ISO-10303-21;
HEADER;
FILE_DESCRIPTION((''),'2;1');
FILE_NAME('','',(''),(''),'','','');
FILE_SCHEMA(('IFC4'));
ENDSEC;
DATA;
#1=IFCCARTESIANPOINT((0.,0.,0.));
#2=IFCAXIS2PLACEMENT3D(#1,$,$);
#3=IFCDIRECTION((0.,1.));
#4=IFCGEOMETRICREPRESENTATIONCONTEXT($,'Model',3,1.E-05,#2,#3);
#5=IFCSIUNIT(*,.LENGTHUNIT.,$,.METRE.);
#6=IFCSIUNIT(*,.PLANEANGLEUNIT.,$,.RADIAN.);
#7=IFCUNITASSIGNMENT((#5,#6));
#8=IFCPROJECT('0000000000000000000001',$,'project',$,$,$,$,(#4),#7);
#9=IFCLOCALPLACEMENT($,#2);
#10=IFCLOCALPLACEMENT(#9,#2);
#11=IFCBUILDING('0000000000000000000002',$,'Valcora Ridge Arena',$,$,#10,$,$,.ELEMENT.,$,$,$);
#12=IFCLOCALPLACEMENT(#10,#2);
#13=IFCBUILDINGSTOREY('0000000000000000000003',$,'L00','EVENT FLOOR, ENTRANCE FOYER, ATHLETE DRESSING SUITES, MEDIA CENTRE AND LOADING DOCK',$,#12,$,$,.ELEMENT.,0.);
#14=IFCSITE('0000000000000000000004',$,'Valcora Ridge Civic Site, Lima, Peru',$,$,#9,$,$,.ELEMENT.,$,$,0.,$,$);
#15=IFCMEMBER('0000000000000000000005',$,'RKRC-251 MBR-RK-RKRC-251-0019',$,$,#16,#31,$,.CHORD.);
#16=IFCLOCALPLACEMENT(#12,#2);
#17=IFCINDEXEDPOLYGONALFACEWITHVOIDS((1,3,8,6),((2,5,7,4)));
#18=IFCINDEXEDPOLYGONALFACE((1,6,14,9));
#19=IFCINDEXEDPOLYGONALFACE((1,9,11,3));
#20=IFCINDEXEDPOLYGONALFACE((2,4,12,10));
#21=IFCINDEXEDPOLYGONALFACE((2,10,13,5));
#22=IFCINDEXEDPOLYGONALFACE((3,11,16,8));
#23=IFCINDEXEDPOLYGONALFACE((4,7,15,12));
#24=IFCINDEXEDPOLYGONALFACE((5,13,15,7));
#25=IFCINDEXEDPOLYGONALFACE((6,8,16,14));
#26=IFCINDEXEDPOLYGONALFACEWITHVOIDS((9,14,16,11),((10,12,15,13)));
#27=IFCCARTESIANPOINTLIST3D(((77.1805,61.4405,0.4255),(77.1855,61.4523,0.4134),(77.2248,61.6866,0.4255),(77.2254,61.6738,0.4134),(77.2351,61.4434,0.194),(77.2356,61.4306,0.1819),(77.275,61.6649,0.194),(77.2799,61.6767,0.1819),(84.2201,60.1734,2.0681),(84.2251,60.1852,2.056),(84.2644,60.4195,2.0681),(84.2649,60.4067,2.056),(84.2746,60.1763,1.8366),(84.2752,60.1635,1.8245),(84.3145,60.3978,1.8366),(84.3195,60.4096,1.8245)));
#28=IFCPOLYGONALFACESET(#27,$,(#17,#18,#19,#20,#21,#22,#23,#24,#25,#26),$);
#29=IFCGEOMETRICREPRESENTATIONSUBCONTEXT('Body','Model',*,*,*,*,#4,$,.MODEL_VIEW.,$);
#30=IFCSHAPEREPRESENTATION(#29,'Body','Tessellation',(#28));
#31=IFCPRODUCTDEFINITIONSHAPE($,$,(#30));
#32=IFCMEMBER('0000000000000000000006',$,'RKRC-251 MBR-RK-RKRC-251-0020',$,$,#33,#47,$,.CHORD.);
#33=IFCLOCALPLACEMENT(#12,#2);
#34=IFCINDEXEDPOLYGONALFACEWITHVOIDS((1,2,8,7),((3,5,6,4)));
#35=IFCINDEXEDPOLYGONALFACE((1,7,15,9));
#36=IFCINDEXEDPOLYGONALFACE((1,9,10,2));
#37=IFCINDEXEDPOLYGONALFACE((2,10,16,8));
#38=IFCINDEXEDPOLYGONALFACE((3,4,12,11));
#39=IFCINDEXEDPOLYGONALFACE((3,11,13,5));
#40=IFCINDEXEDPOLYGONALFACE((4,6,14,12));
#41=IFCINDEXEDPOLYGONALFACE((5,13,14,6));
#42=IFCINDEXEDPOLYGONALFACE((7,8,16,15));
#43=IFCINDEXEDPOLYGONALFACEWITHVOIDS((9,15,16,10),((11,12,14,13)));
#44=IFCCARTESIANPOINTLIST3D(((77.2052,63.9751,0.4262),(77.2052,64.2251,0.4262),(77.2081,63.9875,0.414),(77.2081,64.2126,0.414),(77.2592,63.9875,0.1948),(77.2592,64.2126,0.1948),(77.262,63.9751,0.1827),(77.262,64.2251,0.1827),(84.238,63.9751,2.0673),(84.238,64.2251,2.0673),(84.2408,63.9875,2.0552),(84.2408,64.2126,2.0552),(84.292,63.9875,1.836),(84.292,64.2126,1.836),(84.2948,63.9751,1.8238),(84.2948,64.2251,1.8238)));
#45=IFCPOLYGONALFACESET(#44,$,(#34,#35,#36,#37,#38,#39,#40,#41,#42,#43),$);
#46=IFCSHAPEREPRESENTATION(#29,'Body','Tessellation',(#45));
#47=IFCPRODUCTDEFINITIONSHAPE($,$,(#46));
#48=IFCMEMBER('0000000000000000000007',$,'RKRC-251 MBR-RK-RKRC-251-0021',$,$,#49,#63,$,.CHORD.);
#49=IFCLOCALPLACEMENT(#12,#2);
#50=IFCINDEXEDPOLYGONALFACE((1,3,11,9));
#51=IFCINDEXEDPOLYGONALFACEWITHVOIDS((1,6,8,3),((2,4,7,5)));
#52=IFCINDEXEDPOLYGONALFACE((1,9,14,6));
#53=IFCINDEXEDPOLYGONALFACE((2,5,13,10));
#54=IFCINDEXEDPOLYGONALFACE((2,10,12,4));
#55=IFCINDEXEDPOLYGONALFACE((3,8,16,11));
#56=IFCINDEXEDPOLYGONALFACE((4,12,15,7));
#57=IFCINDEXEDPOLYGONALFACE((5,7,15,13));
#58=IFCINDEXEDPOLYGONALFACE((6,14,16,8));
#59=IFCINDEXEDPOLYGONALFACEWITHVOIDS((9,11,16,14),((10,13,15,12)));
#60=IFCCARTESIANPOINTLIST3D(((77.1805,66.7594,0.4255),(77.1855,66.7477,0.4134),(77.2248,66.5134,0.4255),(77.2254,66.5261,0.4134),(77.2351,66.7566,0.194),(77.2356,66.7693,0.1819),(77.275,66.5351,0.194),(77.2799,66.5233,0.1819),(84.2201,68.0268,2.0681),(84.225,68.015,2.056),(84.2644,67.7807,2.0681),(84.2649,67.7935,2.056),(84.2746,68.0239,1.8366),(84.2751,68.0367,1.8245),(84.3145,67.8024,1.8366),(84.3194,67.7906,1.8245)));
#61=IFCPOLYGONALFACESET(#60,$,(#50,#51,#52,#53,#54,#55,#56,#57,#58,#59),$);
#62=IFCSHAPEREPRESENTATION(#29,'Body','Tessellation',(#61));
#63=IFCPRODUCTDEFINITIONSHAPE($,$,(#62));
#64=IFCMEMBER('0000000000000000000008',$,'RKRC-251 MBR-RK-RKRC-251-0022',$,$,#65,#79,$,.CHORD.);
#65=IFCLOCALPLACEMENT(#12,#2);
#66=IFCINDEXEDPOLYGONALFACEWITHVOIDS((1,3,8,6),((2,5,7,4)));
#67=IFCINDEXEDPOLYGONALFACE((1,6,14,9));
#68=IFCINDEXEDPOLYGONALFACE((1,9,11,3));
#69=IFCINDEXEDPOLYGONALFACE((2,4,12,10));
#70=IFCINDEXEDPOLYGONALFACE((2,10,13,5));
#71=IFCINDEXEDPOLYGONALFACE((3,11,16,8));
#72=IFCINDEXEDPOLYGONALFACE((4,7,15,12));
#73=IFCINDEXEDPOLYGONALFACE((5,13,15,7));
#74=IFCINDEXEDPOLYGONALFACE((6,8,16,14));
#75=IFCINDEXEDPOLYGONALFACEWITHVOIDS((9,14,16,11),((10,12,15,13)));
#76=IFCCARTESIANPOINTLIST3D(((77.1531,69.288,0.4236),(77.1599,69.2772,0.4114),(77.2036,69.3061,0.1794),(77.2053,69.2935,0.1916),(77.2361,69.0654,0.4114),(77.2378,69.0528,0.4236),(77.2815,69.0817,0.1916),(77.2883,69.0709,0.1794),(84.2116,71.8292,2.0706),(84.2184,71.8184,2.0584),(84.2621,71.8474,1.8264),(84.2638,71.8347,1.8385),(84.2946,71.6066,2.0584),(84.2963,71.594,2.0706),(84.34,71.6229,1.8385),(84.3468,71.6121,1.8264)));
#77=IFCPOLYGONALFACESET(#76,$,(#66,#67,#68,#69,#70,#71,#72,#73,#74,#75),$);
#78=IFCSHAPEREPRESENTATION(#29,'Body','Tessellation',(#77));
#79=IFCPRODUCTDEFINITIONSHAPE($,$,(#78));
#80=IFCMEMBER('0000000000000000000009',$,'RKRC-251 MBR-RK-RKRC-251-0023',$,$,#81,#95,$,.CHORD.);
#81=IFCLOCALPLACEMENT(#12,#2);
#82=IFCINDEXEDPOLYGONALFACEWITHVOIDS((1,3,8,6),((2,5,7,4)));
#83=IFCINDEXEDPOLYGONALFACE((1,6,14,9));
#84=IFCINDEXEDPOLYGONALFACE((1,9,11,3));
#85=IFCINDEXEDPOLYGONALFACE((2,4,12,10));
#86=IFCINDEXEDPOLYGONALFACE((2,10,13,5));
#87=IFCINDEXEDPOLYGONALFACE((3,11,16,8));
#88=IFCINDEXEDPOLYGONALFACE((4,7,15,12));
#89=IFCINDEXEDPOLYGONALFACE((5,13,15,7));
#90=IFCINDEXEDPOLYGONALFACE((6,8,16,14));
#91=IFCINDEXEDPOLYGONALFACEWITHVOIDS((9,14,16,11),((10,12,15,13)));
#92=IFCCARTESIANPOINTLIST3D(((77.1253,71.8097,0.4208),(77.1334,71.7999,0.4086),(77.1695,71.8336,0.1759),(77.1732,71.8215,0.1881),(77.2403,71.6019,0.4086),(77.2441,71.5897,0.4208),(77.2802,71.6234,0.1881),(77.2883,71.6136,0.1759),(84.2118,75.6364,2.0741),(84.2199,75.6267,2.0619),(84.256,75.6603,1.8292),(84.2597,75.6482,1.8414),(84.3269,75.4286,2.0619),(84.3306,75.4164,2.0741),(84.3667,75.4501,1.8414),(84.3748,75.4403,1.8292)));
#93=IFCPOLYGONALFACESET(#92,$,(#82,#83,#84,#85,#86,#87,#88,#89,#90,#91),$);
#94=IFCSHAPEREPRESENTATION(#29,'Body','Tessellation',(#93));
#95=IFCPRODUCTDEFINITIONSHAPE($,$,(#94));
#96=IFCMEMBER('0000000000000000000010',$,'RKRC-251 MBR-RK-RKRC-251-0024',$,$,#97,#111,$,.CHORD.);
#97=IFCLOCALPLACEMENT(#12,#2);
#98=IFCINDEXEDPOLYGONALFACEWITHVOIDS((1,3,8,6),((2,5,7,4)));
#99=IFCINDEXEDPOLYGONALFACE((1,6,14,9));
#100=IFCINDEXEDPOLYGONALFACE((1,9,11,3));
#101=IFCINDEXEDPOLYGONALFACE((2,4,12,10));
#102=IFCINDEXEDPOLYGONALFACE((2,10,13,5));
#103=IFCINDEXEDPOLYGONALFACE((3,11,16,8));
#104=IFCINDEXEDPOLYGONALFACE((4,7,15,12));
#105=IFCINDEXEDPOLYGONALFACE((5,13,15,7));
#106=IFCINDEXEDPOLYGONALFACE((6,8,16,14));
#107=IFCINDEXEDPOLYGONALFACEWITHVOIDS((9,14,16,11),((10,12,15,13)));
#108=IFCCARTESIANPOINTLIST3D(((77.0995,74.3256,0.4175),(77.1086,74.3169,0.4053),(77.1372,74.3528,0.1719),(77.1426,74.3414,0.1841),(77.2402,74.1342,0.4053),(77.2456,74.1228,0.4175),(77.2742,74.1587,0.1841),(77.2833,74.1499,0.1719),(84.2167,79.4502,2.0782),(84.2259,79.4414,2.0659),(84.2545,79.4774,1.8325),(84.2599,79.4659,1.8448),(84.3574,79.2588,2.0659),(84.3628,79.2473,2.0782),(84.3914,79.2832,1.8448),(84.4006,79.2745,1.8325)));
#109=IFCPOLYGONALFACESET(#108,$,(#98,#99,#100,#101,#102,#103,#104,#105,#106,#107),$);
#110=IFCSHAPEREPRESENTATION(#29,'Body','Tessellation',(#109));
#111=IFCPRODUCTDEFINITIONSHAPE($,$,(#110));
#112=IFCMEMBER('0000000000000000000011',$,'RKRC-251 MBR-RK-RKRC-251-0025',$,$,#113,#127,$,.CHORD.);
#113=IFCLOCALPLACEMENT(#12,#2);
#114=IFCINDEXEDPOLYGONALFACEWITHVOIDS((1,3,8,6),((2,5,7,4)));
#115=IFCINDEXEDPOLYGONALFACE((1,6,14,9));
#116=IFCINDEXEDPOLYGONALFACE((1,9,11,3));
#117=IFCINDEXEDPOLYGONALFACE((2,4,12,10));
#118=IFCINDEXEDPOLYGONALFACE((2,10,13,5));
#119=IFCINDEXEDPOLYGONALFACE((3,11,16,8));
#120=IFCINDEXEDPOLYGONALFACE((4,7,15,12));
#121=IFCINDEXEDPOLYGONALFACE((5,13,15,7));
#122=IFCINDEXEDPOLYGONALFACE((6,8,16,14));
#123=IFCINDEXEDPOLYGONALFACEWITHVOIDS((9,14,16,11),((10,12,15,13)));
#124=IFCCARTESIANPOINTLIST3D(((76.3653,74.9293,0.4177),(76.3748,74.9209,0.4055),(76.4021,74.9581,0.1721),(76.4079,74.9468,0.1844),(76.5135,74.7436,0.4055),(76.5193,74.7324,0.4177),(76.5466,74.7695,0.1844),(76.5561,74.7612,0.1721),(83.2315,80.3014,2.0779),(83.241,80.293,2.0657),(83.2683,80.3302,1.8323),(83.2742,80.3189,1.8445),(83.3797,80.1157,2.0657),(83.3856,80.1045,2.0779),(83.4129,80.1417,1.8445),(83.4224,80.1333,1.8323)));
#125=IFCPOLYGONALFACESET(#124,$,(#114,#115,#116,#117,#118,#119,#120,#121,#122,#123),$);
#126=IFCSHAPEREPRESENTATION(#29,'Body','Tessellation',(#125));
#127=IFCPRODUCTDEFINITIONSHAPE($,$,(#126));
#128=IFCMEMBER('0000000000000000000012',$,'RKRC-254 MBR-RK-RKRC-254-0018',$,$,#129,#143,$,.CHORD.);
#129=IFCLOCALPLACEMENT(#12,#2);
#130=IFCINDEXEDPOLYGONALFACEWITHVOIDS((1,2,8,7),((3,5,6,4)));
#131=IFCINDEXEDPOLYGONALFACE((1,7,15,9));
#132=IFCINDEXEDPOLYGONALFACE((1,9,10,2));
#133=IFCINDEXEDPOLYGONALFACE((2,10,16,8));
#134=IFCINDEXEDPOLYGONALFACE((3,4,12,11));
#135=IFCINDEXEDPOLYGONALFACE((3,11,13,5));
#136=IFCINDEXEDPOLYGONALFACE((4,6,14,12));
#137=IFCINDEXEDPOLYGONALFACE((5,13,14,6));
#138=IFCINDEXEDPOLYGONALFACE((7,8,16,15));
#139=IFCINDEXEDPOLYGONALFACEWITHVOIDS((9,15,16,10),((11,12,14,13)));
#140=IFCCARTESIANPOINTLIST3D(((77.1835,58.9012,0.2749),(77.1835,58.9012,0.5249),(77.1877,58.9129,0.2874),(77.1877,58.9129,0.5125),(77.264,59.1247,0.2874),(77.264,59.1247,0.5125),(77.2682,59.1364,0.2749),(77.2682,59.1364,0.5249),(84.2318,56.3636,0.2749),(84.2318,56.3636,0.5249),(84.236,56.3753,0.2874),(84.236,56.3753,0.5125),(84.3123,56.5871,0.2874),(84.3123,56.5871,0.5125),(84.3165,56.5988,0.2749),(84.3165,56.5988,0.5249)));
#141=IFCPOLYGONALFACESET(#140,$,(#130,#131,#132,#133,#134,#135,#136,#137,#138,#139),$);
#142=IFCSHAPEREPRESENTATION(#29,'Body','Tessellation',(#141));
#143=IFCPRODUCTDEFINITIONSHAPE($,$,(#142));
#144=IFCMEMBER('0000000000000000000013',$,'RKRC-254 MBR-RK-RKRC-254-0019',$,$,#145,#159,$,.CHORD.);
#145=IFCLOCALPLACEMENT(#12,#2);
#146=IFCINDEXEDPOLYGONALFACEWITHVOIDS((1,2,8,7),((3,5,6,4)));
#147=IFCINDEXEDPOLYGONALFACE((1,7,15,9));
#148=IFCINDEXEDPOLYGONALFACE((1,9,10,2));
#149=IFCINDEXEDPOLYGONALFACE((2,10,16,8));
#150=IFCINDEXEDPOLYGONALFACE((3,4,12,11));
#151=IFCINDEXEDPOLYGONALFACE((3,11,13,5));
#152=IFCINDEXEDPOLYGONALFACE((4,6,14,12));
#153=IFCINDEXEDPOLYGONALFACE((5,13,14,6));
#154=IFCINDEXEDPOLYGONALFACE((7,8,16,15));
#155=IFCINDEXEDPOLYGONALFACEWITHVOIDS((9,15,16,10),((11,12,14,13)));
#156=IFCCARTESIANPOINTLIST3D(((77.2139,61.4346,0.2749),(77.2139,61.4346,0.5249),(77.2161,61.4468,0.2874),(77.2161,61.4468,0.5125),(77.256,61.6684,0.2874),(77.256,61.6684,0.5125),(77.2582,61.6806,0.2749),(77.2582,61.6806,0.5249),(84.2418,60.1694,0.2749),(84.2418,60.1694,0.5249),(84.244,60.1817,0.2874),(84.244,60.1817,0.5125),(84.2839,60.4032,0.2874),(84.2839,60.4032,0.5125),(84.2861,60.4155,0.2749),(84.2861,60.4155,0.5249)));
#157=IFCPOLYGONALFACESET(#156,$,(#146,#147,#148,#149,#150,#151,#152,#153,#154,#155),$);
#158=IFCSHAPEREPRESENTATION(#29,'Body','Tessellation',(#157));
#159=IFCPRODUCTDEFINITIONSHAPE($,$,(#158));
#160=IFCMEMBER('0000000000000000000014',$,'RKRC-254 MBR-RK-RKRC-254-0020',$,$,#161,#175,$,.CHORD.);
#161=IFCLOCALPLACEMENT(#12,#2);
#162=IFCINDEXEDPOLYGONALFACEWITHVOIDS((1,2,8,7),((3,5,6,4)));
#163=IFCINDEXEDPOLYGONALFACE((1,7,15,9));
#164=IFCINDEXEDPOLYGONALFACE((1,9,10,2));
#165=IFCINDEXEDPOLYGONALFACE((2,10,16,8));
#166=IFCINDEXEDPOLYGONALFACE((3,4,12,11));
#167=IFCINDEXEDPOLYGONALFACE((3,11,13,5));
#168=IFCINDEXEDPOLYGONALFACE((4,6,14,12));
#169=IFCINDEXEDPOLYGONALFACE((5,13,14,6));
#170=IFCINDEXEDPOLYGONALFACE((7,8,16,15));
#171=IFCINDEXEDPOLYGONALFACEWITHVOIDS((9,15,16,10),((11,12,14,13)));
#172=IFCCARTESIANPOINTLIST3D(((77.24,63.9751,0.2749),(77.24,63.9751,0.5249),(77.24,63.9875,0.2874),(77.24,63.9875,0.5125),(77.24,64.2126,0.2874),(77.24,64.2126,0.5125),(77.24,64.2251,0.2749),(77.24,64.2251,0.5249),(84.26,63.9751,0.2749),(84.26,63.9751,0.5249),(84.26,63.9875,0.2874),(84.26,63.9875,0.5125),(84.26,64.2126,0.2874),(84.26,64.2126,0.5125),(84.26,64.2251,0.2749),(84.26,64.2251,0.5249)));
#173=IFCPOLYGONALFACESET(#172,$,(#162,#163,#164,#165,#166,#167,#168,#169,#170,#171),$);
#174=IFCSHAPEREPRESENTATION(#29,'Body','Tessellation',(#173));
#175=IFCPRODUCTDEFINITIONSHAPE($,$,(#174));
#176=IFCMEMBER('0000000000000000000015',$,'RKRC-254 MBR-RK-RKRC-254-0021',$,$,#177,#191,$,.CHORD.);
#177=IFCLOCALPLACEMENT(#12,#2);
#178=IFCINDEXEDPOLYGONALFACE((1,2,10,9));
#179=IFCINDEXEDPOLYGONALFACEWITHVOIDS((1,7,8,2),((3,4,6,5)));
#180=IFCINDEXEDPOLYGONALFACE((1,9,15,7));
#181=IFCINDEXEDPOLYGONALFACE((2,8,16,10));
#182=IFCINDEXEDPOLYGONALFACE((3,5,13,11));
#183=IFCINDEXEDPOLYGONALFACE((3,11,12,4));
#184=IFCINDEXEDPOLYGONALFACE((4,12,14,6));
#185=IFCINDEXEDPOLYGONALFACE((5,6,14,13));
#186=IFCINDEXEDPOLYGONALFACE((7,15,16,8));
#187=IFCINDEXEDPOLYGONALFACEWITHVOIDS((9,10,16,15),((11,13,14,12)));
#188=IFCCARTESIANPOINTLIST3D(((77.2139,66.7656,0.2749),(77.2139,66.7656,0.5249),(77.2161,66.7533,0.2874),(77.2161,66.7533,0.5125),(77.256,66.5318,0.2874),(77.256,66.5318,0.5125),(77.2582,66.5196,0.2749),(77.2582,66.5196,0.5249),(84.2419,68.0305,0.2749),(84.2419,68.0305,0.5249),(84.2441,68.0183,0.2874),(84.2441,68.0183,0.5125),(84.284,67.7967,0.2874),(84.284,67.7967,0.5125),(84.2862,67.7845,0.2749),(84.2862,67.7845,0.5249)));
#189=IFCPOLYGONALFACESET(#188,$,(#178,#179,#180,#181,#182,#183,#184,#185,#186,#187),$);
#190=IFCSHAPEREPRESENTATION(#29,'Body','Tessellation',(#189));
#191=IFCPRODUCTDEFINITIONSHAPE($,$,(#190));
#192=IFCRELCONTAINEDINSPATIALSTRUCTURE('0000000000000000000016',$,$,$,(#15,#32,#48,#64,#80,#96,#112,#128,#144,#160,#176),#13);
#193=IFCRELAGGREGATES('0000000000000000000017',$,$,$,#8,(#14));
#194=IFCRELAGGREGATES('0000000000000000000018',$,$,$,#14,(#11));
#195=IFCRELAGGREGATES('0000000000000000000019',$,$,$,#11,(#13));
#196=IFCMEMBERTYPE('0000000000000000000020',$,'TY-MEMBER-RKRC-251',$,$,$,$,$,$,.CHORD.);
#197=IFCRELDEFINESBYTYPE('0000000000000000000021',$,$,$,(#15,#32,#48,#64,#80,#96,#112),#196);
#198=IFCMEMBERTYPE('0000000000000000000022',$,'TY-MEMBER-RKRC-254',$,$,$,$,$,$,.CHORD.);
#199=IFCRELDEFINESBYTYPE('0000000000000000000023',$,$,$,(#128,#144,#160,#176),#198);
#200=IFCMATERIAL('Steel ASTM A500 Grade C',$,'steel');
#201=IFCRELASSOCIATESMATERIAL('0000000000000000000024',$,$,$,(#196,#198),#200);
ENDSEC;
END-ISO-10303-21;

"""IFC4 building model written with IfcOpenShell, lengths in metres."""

from ifc_helpers import new_model, si_unit, direction, frame, origin, origin_2d, place, context, subcontext, project, spatial, hollow_rectangle, extrude, material, material_profile, profile_set, type_object, element, save


model = new_model("IFC4")

# Units and contexts
model_context = context("Model", 3, precision=1e-05, world=origin(), true_north=direction((0.0, 1.0)))
body_context = subcontext(model_context, "Body", "Model", "MODEL_VIEW")
ifc_project = project(units=[si_unit("LENGTHUNIT", "METRE"), si_unit("PLANEANGLEUNIT", "RADIAN")], contexts=[model_context])

# Site, building, storey
site_placement = place(None, origin())
site = spatial("IfcSite", under=ifc_project, at=site_placement, Name="Valcora Ridge Civic Site, Lima, Peru", CompositionType="ELEMENT", RefElevation=0.0)
building_placement = place(site_placement, origin())
building = spatial("IfcBuilding", under=site, at=building_placement, Name="Valcora Ridge Arena", CompositionType="ELEMENT")
storey_placement = place(building_placement, origin())
storey = spatial("IfcBuildingStorey", under=building, at=storey_placement, Name="L00", Description="EVENT FLOOR, ENTRANCE FOYER, ATHLETE DRESSING SUITES, MEDIA CENTRE AND LOADING DOCK", CompositionType="ELEMENT", Elevation=0.0)

# Members
ifc_material_1 = material(Name="Steel ASTM A500 Grade C", Category="steel")
ifc_material_profile_1 = material_profile(ifc_material_1, hollow_rectangle(XDim=0.25, YDim=0.25, WallThickness=0.0125, at=origin_2d()), Name="HSS250X250X12")
ifc_profile_set_1 = profile_set([ifc_material_profile_1], Name="Steel ASTM A500 Grade C")
member_type_1 = type_object("IfcMemberType", Name="TY-MEMBER-RKRC-251", PredefinedType="CHORD", material=ifc_profile_set_1)
member_1_placement = place(storey_placement, frame((77.2302, 61.5586, 0.3037), z_axis=(0.959216, -0.172655, 0.223819), x_axis=(0.177149, 0.984184, 0.0)))
element("IfcMember", 1, at=member_1_placement, inside=storey, type_object=member_type_1, Name="RKRC-251 MBR-RK-RKRC-251-0019", PredefinedType="CHORD", context=body_context, shape_type="SweptSolid", body=[
    extrude(hollow_rectangle(XDim=0.25, YDim=0.25, WallThickness=0.0125, at=origin_2d()), origin(), (0.0, 0.0, 1.0), 7.3389),
])
member_2_placement = place(storey_placement, frame((77.2336, 64.1001, 0.3044), z_axis=(0.973837, 0.0, 0.227249), x_axis=(0.0, 1.0, 0.0)))
element("IfcMember", 2, at=member_2_placement, inside=storey, type_object=member_type_1, Name="RKRC-251 MBR-RK-RKRC-251-0020", PredefinedType="CHORD", context=body_context, shape_type="SweptSolid", body=[
    extrude(hollow_rectangle(XDim=0.25, YDim=0.25, WallThickness=0.0125, at=origin_2d()), origin(), (0.0, 0.0, 1.0), 7.2217),
])
member_3_placement = place(storey_placement, frame((77.2302, 66.6414, 0.3037), z_axis=(0.95921, 0.172687, 0.223818), x_axis=(-0.177182, 0.984178, 0.0)))
element("IfcMember", 3, at=member_3_placement, inside=storey, type_object=member_type_1, Name="RKRC-251 MBR-RK-RKRC-251-0021", PredefinedType="CHORD", context=body_context, shape_type="SweptSolid", body=[
    extrude(hollow_rectangle(XDim=0.25, YDim=0.25, WallThickness=0.0125, at=origin_2d()), origin(), (0.0, 0.0, 1.0), 7.3389),
])
member_4_placement = place(storey_placement, frame((77.2207, 69.1794, 0.3015), z_axis=(0.918995, 0.33086, 0.214428), x_axis=(-0.338739, 0.94088, 0.0)))
element("IfcMember", 4, at=member_4_placement, inside=storey, type_object=member_type_1, Name="RKRC-251 MBR-RK-RKRC-251-0022", PredefinedType="CHORD", context=body_context, shape_type="SweptSolid", body=[
    extrude(hollow_rectangle(XDim=0.25, YDim=0.25, WallThickness=0.0125, at=origin_2d()), origin(), (0.0, 0.0, 1.0), 7.6807),
])
member_5_placement = place(storey_placement, frame((77.2068, 71.7117, 0.2983), z_axis=(0.861931, 0.465441, 0.201095), x_axis=(-0.475148, 0.879906, 0.0)))
element("IfcMember", 5, at=member_5_placement, inside=storey, type_object=member_type_1, Name="RKRC-251 MBR-RK-RKRC-251-0023", PredefinedType="CHORD", context=body_context, shape_type="SweptSolid", body=[
    extrude(hollow_rectangle(XDim=0.25, YDim=0.25, WallThickness=0.0125, at=origin_2d()), origin(), (0.0, 0.0, 1.0), 8.2217),
])
member_6_placement = place(storey_placement, frame((77.1914, 74.2378, 0.2947), z_axis=(0.797358, 0.574113, 0.186047), x_axis=(-0.584315, 0.811527, 0.0)))
element("IfcMember", 6, at=member_6_placement, inside=storey, type_object=member_type_1, Name="RKRC-251 MBR-RK-RKRC-251-0024", PredefinedType="CHORD", context=body_context, shape_type="SweptSolid", body=[
    extrude(hollow_rectangle(XDim=0.25, YDim=0.25, WallThickness=0.0125, at=origin_2d()), origin(), (0.0, 0.0, 1.0), 8.926),
])
member_7_placement = place(storey_placement, frame((76.4607, 74.8452, 0.2949), z_axis=(0.773685, 0.605325, 0.187066), x_axis=(-0.616203, 0.787588, 0.0)))
element("IfcMember", 7, at=member_7_placement, inside=storey, type_object=member_type_1, Name="RKRC-251 MBR-RK-RKRC-251-0025", PredefinedType="CHORD", context=body_context, shape_type="SweptSolid", body=[
    extrude(hollow_rectangle(XDim=0.25, YDim=0.25, WallThickness=0.0125, at=origin_2d()), origin(), (0.0, 0.0, 1.0), 8.8748),
])
ifc_material_profile_2 = material_profile(ifc_material_1, hollow_rectangle(XDim=0.25, YDim=0.25, WallThickness=0.0125, at=origin_2d()), Name="HSS250X250X12")
ifc_profile_set_2 = profile_set([ifc_material_profile_2], Name="Steel ASTM A500 Grade C")
member_type_2 = type_object("IfcMemberType", Name="TY-MEMBER-RKRC-254", PredefinedType="CHORD", material=ifc_profile_set_2)
member_8_placement = place(storey_placement, frame((77.2258, 59.0188, 0.3999), z_axis=(0.940879, -0.338743, 0.0), x_axis=(0.338743, 0.940879, 0.0)))
element("IfcMember", 8, at=member_8_placement, inside=storey, type_object=member_type_2, Name="RKRC-254 MBR-RK-RKRC-254-0018", PredefinedType="CHORD", context=body_context, shape_type="SweptSolid", body=[
    extrude(hollow_rectangle(XDim=0.25, YDim=0.25, WallThickness=0.0125, at=origin_2d()), origin(), (0.0, 0.0, 1.0), 7.4912),
])
member_9_placement = place(storey_placement, frame((77.2361, 61.5576, 0.3999), z_axis=(0.98418, -0.17717, 0.0), x_axis=(0.17717, 0.98418, 0.0)))
element("IfcMember", 9, at=member_9_placement, inside=storey, type_object=member_type_2, Name="RKRC-254 MBR-RK-RKRC-254-0019", PredefinedType="CHORD", context=body_context, shape_type="SweptSolid", body=[
    extrude(hollow_rectangle(XDim=0.25, YDim=0.25, WallThickness=0.0125, at=origin_2d()), origin(), (0.0, 0.0, 1.0), 7.1409),
])
member_10_placement = place(storey_placement, frame((77.24, 64.1001, 0.3999), z_axis=(1.0, 0.0, 0.0), x_axis=(0.0, 1.0, 0.0)))
element("IfcMember", 10, at=member_10_placement, inside=storey, type_object=member_type_2, Name="RKRC-254 MBR-RK-RKRC-254-0020", PredefinedType="CHORD", context=body_context, shape_type="SweptSolid", body=[
    extrude(hollow_rectangle(XDim=0.25, YDim=0.25, WallThickness=0.0125, at=origin_2d()), origin(), (0.0, 0.0, 1.0), 7.02),
])
member_11_placement = place(storey_placement, frame((77.2361, 66.6426, 0.3999), z_axis=(0.984186, 0.177137, 0.0), x_axis=(-0.177137, 0.984186, 0.0)))
element("IfcMember", 11, at=member_11_placement, inside=storey, type_object=member_type_2, Name="RKRC-254 MBR-RK-RKRC-254-0021", PredefinedType="CHORD", context=body_context, shape_type="SweptSolid", body=[
    extrude(hollow_rectangle(XDim=0.25, YDim=0.25, WallThickness=0.0125, at=origin_2d()), origin(), (0.0, 0.0, 1.0), 7.1409),
])

save(model, "model.ifc")
